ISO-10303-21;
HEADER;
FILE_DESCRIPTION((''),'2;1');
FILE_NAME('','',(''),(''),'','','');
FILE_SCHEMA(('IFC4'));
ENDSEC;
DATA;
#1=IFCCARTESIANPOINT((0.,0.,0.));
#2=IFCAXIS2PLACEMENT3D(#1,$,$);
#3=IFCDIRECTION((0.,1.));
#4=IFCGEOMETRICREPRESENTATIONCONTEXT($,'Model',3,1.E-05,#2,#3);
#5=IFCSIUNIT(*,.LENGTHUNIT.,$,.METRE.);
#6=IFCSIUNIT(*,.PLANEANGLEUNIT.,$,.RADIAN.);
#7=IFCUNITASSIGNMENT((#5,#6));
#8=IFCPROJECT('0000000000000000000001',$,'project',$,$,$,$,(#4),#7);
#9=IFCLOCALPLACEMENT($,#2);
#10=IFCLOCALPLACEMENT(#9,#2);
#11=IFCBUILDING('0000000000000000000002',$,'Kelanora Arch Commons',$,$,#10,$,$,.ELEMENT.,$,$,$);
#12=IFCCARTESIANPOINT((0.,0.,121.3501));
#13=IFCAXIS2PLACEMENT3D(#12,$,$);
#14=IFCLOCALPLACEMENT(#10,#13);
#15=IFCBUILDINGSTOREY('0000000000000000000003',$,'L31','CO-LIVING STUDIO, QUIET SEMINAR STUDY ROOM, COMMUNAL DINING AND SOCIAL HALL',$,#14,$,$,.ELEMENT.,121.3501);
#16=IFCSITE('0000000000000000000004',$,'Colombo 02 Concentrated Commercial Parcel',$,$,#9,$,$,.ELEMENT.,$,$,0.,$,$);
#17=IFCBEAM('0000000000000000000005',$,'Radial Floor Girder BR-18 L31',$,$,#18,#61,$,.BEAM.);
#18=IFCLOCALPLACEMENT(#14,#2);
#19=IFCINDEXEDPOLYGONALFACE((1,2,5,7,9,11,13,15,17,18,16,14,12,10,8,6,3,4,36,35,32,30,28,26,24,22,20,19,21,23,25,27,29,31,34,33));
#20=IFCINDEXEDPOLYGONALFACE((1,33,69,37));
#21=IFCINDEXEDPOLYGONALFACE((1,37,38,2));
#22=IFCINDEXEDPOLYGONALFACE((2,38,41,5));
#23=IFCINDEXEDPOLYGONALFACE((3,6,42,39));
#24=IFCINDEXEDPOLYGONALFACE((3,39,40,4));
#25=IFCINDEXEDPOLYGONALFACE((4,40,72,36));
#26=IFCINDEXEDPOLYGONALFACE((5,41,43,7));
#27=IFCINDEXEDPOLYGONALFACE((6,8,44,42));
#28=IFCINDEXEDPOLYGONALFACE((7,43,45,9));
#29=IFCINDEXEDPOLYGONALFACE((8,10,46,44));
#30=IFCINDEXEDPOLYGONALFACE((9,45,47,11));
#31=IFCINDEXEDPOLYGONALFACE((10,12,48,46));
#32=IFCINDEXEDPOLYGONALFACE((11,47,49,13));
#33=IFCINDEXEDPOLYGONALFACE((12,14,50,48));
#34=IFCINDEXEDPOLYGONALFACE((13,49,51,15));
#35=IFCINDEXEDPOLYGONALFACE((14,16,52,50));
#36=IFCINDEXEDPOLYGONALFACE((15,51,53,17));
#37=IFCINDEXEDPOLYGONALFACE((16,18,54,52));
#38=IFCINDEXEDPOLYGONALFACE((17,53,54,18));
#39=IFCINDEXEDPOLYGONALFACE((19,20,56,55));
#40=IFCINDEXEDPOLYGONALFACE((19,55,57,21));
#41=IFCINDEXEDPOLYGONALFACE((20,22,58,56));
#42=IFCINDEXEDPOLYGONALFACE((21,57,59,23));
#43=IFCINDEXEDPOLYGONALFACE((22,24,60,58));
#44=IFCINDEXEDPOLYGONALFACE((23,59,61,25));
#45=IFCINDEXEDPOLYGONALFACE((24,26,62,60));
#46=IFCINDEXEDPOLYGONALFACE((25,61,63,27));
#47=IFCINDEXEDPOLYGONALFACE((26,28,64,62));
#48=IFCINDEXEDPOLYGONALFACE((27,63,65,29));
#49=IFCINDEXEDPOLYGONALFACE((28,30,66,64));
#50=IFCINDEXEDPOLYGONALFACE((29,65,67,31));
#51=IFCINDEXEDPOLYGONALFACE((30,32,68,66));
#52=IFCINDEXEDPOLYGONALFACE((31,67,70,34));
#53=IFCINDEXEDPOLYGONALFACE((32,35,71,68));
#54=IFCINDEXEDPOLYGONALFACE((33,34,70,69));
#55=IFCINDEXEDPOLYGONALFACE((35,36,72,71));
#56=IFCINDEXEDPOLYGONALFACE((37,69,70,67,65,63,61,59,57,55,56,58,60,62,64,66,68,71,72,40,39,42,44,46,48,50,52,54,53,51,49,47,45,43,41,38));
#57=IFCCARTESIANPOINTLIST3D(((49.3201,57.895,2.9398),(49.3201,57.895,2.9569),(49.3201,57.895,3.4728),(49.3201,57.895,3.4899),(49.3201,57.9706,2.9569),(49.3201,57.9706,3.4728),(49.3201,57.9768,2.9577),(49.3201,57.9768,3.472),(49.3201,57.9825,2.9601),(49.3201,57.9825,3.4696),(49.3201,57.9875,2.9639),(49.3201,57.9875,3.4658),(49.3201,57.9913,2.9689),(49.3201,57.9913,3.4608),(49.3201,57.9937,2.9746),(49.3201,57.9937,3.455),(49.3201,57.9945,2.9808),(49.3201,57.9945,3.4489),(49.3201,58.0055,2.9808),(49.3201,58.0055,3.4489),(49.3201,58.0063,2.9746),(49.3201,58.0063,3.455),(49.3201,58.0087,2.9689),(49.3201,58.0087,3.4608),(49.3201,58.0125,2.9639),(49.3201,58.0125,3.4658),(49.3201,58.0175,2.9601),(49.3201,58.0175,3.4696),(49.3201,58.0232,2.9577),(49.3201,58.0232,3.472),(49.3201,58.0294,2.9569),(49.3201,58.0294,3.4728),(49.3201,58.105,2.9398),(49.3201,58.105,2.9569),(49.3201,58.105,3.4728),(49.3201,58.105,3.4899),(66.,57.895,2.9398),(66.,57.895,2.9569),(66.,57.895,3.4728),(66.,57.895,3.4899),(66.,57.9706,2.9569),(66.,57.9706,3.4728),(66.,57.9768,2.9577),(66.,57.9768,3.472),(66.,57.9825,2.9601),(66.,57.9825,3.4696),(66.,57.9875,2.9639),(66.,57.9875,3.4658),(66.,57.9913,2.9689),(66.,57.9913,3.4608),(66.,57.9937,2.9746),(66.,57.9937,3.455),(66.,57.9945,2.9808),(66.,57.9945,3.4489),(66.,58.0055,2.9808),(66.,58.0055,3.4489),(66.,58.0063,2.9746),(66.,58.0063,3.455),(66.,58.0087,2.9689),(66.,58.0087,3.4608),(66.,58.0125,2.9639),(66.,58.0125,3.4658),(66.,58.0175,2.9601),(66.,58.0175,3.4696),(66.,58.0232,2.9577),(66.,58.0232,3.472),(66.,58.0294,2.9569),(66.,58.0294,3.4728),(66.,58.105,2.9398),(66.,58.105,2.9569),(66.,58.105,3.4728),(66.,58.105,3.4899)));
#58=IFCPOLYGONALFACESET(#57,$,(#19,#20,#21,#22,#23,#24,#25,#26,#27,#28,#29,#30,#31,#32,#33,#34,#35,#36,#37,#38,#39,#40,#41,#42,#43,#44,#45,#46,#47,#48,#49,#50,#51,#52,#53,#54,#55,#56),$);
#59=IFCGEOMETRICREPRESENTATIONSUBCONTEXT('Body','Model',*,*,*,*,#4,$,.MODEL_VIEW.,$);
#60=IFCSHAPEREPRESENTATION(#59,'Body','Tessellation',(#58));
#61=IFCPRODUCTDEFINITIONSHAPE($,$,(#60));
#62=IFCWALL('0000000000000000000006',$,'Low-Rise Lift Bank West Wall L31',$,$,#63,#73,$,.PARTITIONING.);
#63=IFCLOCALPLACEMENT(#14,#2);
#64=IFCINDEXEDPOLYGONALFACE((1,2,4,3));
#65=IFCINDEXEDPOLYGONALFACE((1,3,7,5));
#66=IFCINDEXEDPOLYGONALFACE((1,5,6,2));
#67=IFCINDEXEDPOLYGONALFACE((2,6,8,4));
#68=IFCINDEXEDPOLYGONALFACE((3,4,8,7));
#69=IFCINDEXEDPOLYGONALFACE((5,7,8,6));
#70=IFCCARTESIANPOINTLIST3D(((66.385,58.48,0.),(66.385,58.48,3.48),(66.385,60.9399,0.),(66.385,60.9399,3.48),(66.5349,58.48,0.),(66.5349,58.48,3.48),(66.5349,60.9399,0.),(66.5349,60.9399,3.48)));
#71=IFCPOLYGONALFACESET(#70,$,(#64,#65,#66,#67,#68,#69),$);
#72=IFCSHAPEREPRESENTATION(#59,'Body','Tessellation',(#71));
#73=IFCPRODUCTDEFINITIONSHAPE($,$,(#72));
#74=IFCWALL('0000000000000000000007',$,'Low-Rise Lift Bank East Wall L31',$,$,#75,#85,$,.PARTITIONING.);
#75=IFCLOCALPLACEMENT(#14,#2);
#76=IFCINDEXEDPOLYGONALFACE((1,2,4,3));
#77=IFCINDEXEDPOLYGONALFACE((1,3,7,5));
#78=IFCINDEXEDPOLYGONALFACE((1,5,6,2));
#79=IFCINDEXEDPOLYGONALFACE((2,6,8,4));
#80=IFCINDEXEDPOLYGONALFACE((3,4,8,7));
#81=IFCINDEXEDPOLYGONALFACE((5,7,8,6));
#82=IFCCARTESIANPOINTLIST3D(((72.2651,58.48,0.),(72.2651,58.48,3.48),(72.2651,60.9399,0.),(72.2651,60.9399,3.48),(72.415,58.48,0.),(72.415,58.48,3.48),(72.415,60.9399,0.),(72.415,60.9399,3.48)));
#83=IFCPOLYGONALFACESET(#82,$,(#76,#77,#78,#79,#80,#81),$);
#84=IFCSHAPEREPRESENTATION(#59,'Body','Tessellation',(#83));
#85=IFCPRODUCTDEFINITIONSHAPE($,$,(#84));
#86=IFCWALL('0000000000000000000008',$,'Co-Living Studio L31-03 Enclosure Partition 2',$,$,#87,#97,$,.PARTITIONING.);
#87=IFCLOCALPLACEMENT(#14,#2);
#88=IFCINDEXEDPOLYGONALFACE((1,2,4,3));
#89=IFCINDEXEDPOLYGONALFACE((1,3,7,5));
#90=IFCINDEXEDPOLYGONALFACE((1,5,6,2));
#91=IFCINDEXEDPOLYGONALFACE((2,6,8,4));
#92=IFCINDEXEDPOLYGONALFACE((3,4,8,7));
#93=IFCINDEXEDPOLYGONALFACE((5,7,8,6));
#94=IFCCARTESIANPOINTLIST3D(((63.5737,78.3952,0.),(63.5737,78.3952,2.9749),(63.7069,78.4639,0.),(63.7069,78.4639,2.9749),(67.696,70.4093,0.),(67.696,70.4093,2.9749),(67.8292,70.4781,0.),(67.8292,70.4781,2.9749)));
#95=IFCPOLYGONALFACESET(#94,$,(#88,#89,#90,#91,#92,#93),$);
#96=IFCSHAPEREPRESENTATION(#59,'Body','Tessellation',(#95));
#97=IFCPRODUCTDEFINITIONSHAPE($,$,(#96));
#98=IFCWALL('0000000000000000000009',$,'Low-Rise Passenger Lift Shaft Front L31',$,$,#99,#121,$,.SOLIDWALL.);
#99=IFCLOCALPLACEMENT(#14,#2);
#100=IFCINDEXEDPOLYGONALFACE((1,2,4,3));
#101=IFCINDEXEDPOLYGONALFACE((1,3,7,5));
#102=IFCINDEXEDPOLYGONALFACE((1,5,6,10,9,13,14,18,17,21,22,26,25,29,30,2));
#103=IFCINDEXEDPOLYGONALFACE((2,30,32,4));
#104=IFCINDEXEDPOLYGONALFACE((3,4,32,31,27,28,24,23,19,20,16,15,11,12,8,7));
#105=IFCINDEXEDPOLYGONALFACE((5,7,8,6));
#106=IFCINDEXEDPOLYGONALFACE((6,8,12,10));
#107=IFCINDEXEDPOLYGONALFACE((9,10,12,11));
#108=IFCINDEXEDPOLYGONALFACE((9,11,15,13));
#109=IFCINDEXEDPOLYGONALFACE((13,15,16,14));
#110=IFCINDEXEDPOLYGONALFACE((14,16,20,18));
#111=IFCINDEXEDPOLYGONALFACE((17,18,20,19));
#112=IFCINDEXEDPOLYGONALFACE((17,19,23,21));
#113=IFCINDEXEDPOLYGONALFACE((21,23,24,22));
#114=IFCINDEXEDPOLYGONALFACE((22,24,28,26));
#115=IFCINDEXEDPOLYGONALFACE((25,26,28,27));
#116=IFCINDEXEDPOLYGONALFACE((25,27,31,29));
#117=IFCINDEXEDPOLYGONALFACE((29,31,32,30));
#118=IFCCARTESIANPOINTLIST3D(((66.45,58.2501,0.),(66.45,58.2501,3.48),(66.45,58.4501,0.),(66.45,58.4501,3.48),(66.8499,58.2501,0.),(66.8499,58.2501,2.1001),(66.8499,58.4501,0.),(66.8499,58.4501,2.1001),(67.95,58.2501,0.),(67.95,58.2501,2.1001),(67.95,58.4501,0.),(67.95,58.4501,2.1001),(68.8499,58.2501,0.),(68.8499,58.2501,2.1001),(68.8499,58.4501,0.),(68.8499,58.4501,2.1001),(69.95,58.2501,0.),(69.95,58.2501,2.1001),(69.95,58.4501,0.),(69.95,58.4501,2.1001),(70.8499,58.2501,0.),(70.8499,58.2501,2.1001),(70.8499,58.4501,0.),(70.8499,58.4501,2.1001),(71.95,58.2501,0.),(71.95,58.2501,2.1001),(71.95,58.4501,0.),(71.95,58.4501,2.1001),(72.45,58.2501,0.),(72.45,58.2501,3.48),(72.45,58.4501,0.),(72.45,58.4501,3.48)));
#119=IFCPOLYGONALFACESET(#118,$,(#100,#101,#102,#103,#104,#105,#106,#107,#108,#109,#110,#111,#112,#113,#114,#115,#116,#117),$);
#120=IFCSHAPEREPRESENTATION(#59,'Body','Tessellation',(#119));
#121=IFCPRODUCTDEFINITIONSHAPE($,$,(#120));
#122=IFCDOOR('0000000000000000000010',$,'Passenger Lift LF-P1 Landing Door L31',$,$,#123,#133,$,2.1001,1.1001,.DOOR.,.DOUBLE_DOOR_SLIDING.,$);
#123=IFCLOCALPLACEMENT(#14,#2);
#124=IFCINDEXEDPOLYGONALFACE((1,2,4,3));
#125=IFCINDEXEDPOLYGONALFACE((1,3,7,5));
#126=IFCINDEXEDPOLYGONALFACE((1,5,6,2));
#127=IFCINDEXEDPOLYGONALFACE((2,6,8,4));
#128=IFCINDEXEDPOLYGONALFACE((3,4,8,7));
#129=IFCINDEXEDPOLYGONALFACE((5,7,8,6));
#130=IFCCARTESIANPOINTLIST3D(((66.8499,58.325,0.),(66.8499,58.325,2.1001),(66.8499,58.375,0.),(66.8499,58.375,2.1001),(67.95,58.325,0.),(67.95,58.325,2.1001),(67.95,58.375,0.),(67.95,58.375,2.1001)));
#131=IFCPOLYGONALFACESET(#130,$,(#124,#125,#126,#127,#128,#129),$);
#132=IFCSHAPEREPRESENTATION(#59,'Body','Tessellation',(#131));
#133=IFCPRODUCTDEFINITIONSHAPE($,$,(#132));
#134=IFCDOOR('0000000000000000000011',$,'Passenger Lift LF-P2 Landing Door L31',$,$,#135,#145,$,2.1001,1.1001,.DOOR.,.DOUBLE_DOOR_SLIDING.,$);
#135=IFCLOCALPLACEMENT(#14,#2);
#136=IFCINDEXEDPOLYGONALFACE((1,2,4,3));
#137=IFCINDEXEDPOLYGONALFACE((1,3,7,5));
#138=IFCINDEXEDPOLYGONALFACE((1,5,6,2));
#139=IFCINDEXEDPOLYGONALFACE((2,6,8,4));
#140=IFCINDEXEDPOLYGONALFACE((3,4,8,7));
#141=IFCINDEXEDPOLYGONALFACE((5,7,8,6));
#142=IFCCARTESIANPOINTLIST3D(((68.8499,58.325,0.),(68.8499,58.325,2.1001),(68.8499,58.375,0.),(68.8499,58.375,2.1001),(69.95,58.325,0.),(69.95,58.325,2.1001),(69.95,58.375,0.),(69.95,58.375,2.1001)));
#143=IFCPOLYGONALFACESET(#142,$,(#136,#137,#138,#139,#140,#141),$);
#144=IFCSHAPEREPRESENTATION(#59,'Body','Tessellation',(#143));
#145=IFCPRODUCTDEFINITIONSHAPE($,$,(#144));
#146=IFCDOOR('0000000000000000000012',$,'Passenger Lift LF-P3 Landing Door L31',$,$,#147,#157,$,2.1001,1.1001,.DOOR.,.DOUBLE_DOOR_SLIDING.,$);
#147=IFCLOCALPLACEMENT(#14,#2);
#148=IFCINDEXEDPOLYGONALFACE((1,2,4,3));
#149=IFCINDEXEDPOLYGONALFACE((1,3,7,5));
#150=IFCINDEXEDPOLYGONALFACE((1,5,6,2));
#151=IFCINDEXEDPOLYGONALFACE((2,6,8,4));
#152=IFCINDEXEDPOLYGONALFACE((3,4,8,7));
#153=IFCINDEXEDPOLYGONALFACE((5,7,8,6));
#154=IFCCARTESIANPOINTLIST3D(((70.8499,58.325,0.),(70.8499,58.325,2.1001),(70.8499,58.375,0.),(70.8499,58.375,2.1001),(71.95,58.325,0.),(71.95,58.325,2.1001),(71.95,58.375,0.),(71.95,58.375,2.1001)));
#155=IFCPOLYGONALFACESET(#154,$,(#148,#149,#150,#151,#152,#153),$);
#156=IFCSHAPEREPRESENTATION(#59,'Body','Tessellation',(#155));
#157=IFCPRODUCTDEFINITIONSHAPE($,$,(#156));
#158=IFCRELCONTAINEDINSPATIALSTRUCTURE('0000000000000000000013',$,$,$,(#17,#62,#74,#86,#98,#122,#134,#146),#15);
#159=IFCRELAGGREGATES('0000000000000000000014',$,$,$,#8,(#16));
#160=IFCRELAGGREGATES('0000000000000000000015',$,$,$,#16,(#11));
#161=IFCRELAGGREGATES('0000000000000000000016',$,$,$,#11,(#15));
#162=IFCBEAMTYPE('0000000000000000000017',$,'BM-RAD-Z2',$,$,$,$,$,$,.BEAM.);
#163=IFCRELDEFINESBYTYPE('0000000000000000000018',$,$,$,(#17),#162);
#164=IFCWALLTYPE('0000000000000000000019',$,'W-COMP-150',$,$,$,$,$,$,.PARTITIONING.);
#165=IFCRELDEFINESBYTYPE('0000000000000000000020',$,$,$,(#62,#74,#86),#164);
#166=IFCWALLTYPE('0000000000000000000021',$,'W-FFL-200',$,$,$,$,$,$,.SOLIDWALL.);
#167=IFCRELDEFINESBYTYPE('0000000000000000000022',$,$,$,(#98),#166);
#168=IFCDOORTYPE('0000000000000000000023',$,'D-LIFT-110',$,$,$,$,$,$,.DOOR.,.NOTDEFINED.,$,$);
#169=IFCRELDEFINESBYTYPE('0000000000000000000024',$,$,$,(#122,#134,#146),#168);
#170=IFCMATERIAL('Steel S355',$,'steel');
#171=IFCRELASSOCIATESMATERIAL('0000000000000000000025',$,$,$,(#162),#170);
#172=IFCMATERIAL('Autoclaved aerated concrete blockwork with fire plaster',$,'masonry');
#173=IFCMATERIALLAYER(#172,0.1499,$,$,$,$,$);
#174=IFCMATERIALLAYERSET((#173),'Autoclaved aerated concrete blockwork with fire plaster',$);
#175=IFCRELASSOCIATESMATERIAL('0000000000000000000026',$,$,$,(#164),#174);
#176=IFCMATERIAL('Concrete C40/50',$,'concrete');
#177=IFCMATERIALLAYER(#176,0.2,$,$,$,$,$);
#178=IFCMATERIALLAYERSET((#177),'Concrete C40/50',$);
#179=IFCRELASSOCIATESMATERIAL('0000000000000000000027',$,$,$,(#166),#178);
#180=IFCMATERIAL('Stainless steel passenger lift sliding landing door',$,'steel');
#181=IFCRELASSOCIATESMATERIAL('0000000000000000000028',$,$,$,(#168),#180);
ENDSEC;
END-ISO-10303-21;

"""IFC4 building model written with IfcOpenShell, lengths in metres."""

from ifc_helpers import new_model, si_unit, direction, frame, frame_2d, origin, origin_2d, place, context, subcontext, project, spatial, rectangle, i_section, extrude, material, layer, layer_set, material_profile, profile_set, type_object, element, fill, save


model = new_model("IFC4")

# Units and contexts
model_context = context("Model", 3, precision=1e-05, world=origin(), true_north=direction((0.0, 1.0)))
body_context = subcontext(model_context, "Body", "Model", "MODEL_VIEW")
ifc_project = project(units=[si_unit("LENGTHUNIT", "METRE"), si_unit("PLANEANGLEUNIT", "RADIAN")], contexts=[model_context])

# Site, building, storey
site_placement = place(None, origin())
site = spatial("IfcSite", under=ifc_project, at=site_placement, Name="Colombo 02 Concentrated Commercial Parcel", CompositionType="ELEMENT", RefElevation=0.0)
building_placement = place(site_placement, origin())
building = spatial("IfcBuilding", under=site, at=building_placement, Name="Kelanora Arch Commons", CompositionType="ELEMENT")
storey_placement = place(building_placement, frame((0.0, 0.0, 121.3501)))
storey = spatial("IfcBuildingStorey", under=building, at=storey_placement, Name="L31", Description="CO-LIVING STUDIO, QUIET SEMINAR STUDY ROOM, COMMUNAL DINING AND SOCIAL HALL", CompositionType="ELEMENT", Elevation=121.3501)

# Beam
ifc_material_1 = material(Name="Steel S355", Category="steel")
ifc_material_profile_1 = material_profile(ifc_material_1, i_section(OverallWidth=0.21, OverallDepth=0.55, WebThickness=0.011, FlangeThickness=0.0171, FilletRadius=0.0239, at=origin_2d()), Name="IPE550")
ifc_profile_set_1 = profile_set([ifc_material_profile_1], Name="Steel S355")
beam_type_1 = type_object("IfcBeamType", Name="BM-RAD-Z2", PredefinedType="BEAM", material=ifc_profile_set_1)
beam_1_placement = place(storey_placement, frame((66.0, 58.0, 3.2148), z_axis=(-1.0, 0.0, 0.0), x_axis=(0.0, -1.0, 0.0)))
element("IfcBeam", 1, at=beam_1_placement, inside=storey, type_object=beam_type_1, Name="Radial Floor Girder BR-18 L31", PredefinedType="BEAM", context=body_context, shape_type="SweptSolid", body=[
    extrude(i_section(OverallWidth=0.21, OverallDepth=0.55, WebThickness=0.011, FlangeThickness=0.0171, FilletRadius=0.0239, at=origin_2d()), origin(), (0.0, 0.0, 1.0), 16.6799),
])

# Walls
ifc_material_2 = material(Name="Autoclaved aerated concrete blockwork with fire plaster", Category="masonry")
ifc_layer_1 = layer(ifc_material_2, 0.1499)
ifc_layer_set_1 = layer_set([ifc_layer_1], Name="Autoclaved aerated concrete blockwork with fire plaster")
wall_type_1 = type_object("IfcWallType", Name="W-COMP-150", PredefinedType="PARTITIONING", material=ifc_layer_set_1)
for number, where, z_axis, x_axis, name in (
    (2, (66.46, 58.48, 0.0), (0.0, 0.0, 1.0), (0.0, 1.0, 0.0), "Low-Rise Lift Bank West Wall L31"),
    (3, (72.3401, 58.48, 0.0), (0.0, 0.0, 1.0), (0.0, 1.0, 0.0), "Low-Rise Lift Bank East Wall L31"),
):
    element("IfcWall", number, at=place(storey_placement, frame(where, z_axis=z_axis, x_axis=x_axis)), inside=storey, type_object=wall_type_1, Name=name, PredefinedType="PARTITIONING", context=body_context, shape_type="SweptSolid", body=[
        extrude(rectangle(XDim=2.46, YDim=0.1499, at=frame_2d((1.23, 0.0))), origin(), (0.0, 0.0, 1.0), 3.48),
    ])
wall_1_placement = place(storey_placement, frame((67.7627, 70.4436, 0.0), z_axis=(0.0, 0.0, 1.0), x_axis=(-0.458695, 0.888594, 0.0)))
element("IfcWall", 4, at=wall_1_placement, inside=storey, type_object=wall_type_1, Name="Co-Living Studio L31-03 Enclosure Partition 2", PredefinedType="PARTITIONING", context=body_context, shape_type="SweptSolid", body=[
    extrude(rectangle(XDim=8.9871, YDim=0.1499, at=frame_2d((4.4937, 0.0))), origin(), (0.0, 0.0, 1.0), 2.9749),
])

# Wall, openings, doors
ifc_material_3 = material(Name="Concrete C40/50", Category="concrete")
ifc_layer_2 = layer(ifc_material_3, 0.2)
ifc_layer_set_2 = layer_set([ifc_layer_2], Name="Concrete C40/50")
wall_type_2 = type_object("IfcWallType", Name="W-FFL-200", PredefinedType="SOLIDWALL", material=ifc_layer_set_2)
wall_2_placement = place(storey_placement, frame((66.45, 58.3501, 0.0), z_axis=(0.0, 0.0, 1.0), x_axis=(1.0, 0.0, 0.0)))
wall_2 = element("IfcWall", 5, at=wall_2_placement, inside=storey, type_object=wall_type_2, Name="Low-Rise Passenger Lift Shaft Front L31", PredefinedType="SOLIDWALL", context=body_context, shape_type="SweptSolid", body=[
    extrude(rectangle(XDim=6.0, YDim=0.2, at=frame_2d((3.0, 0.0))), origin(), (0.0, 0.0, 1.0), 3.48),
])
opening_1_placement = place(wall_2_placement, frame((0.3999, 0.0, 0.0)))
opening_1 = element("IfcOpeningElement", 6, at=opening_1_placement, cuts=wall_2, PredefinedType="OPENING", context=body_context, shape_type="SweptSolid", body=[
    extrude(rectangle(XDim=1.1001, YDim=2.1001, at=frame_2d((0.55, 1.05))), frame((0.0, 0.1099, 0.0), z_axis=(0.0, -1.0, 0.0), x_axis=(1.0, 0.0, 0.0)), (0.0, 0.0, 1.0), 0.22),
])
opening_2_placement = place(wall_2_placement, frame((2.3999, 0.0, 0.0)))
opening_2 = element("IfcOpeningElement", 7, at=opening_2_placement, cuts=wall_2, PredefinedType="OPENING", context=body_context, shape_type="SweptSolid", body=[
    extrude(rectangle(XDim=1.1001, YDim=2.1001, at=frame_2d((0.55, 1.05))), frame((0.0, 0.1099, 0.0), z_axis=(0.0, -1.0, 0.0), x_axis=(1.0, 0.0, 0.0)), (0.0, 0.0, 1.0), 0.22),
])
opening_3_placement = place(wall_2_placement, frame((4.3999, 0.0, 0.0)))
opening_3 = element("IfcOpeningElement", 8, at=opening_3_placement, cuts=wall_2, PredefinedType="OPENING", context=body_context, shape_type="SweptSolid", body=[
    extrude(rectangle(XDim=1.1001, YDim=2.1001, at=frame_2d((0.55, 1.05))), frame((0.0, 0.1099, 0.0), z_axis=(0.0, -1.0, 0.0), x_axis=(1.0, 0.0, 0.0)), (0.0, 0.0, 1.0), 0.22),
])
ifc_material_4 = material(Name="Stainless steel passenger lift sliding landing door", Category="steel")
door_type_1 = type_object("IfcDoorType", Name="D-LIFT-110", OperationType="NOTDEFINED", PredefinedType="DOOR", material=ifc_material_4)
door_1_placement = place(opening_1_placement, origin())
door_1 = element("IfcDoor", 9, at=door_1_placement, inside=storey, type_object=door_type_1, Name="Passenger Lift LF-P1 Landing Door L31", OperationType="DOUBLE_DOOR_SLIDING", OverallHeight=2.1001, OverallWidth=1.1001, PredefinedType="DOOR", context=body_context, shape_type="SweptSolid", body=[
    extrude(rectangle(XDim=1.1001, YDim=2.1001, at=frame_2d((0.55, 1.05))), frame((0.0, 0.0249, 0.0), z_axis=(0.0, -1.0, 0.0), x_axis=(1.0, 0.0, 0.0)), (0.0, 0.0, 1.0), 0.05),
])
fill(opening_1, door_1)
door_2_placement = place(opening_2_placement, origin())
door_2 = element("IfcDoor", 10, at=door_2_placement, inside=storey, type_object=door_type_1, Name="Passenger Lift LF-P2 Landing Door L31", OperationType="DOUBLE_DOOR_SLIDING", OverallHeight=2.1001, OverallWidth=1.1001, PredefinedType="DOOR", context=body_context, shape_type="SweptSolid", body=[
    extrude(rectangle(XDim=1.1001, YDim=2.1001, at=frame_2d((0.55, 1.05))), frame((0.0, 0.0249, 0.0), z_axis=(0.0, -1.0, 0.0), x_axis=(1.0, 0.0, 0.0)), (0.0, 0.0, 1.0), 0.05),
])
fill(opening_2, door_2)
door_3_placement = place(opening_3_placement, origin())
door_3 = element("IfcDoor", 11, at=door_3_placement, inside=storey, type_object=door_type_1, Name="Passenger Lift LF-P3 Landing Door L31", OperationType="DOUBLE_DOOR_SLIDING", OverallHeight=2.1001, OverallWidth=1.1001, PredefinedType="DOOR", context=body_context, shape_type="SweptSolid", body=[
    extrude(rectangle(XDim=1.1001, YDim=2.1001, at=frame_2d((0.55, 1.05))), frame((0.0, 0.0249, 0.0), z_axis=(0.0, -1.0, 0.0), x_axis=(1.0, 0.0, 0.0)), (0.0, 0.0, 1.0), 0.05),
])
fill(opening_3, door_3)

save(model, "model.ifc")
